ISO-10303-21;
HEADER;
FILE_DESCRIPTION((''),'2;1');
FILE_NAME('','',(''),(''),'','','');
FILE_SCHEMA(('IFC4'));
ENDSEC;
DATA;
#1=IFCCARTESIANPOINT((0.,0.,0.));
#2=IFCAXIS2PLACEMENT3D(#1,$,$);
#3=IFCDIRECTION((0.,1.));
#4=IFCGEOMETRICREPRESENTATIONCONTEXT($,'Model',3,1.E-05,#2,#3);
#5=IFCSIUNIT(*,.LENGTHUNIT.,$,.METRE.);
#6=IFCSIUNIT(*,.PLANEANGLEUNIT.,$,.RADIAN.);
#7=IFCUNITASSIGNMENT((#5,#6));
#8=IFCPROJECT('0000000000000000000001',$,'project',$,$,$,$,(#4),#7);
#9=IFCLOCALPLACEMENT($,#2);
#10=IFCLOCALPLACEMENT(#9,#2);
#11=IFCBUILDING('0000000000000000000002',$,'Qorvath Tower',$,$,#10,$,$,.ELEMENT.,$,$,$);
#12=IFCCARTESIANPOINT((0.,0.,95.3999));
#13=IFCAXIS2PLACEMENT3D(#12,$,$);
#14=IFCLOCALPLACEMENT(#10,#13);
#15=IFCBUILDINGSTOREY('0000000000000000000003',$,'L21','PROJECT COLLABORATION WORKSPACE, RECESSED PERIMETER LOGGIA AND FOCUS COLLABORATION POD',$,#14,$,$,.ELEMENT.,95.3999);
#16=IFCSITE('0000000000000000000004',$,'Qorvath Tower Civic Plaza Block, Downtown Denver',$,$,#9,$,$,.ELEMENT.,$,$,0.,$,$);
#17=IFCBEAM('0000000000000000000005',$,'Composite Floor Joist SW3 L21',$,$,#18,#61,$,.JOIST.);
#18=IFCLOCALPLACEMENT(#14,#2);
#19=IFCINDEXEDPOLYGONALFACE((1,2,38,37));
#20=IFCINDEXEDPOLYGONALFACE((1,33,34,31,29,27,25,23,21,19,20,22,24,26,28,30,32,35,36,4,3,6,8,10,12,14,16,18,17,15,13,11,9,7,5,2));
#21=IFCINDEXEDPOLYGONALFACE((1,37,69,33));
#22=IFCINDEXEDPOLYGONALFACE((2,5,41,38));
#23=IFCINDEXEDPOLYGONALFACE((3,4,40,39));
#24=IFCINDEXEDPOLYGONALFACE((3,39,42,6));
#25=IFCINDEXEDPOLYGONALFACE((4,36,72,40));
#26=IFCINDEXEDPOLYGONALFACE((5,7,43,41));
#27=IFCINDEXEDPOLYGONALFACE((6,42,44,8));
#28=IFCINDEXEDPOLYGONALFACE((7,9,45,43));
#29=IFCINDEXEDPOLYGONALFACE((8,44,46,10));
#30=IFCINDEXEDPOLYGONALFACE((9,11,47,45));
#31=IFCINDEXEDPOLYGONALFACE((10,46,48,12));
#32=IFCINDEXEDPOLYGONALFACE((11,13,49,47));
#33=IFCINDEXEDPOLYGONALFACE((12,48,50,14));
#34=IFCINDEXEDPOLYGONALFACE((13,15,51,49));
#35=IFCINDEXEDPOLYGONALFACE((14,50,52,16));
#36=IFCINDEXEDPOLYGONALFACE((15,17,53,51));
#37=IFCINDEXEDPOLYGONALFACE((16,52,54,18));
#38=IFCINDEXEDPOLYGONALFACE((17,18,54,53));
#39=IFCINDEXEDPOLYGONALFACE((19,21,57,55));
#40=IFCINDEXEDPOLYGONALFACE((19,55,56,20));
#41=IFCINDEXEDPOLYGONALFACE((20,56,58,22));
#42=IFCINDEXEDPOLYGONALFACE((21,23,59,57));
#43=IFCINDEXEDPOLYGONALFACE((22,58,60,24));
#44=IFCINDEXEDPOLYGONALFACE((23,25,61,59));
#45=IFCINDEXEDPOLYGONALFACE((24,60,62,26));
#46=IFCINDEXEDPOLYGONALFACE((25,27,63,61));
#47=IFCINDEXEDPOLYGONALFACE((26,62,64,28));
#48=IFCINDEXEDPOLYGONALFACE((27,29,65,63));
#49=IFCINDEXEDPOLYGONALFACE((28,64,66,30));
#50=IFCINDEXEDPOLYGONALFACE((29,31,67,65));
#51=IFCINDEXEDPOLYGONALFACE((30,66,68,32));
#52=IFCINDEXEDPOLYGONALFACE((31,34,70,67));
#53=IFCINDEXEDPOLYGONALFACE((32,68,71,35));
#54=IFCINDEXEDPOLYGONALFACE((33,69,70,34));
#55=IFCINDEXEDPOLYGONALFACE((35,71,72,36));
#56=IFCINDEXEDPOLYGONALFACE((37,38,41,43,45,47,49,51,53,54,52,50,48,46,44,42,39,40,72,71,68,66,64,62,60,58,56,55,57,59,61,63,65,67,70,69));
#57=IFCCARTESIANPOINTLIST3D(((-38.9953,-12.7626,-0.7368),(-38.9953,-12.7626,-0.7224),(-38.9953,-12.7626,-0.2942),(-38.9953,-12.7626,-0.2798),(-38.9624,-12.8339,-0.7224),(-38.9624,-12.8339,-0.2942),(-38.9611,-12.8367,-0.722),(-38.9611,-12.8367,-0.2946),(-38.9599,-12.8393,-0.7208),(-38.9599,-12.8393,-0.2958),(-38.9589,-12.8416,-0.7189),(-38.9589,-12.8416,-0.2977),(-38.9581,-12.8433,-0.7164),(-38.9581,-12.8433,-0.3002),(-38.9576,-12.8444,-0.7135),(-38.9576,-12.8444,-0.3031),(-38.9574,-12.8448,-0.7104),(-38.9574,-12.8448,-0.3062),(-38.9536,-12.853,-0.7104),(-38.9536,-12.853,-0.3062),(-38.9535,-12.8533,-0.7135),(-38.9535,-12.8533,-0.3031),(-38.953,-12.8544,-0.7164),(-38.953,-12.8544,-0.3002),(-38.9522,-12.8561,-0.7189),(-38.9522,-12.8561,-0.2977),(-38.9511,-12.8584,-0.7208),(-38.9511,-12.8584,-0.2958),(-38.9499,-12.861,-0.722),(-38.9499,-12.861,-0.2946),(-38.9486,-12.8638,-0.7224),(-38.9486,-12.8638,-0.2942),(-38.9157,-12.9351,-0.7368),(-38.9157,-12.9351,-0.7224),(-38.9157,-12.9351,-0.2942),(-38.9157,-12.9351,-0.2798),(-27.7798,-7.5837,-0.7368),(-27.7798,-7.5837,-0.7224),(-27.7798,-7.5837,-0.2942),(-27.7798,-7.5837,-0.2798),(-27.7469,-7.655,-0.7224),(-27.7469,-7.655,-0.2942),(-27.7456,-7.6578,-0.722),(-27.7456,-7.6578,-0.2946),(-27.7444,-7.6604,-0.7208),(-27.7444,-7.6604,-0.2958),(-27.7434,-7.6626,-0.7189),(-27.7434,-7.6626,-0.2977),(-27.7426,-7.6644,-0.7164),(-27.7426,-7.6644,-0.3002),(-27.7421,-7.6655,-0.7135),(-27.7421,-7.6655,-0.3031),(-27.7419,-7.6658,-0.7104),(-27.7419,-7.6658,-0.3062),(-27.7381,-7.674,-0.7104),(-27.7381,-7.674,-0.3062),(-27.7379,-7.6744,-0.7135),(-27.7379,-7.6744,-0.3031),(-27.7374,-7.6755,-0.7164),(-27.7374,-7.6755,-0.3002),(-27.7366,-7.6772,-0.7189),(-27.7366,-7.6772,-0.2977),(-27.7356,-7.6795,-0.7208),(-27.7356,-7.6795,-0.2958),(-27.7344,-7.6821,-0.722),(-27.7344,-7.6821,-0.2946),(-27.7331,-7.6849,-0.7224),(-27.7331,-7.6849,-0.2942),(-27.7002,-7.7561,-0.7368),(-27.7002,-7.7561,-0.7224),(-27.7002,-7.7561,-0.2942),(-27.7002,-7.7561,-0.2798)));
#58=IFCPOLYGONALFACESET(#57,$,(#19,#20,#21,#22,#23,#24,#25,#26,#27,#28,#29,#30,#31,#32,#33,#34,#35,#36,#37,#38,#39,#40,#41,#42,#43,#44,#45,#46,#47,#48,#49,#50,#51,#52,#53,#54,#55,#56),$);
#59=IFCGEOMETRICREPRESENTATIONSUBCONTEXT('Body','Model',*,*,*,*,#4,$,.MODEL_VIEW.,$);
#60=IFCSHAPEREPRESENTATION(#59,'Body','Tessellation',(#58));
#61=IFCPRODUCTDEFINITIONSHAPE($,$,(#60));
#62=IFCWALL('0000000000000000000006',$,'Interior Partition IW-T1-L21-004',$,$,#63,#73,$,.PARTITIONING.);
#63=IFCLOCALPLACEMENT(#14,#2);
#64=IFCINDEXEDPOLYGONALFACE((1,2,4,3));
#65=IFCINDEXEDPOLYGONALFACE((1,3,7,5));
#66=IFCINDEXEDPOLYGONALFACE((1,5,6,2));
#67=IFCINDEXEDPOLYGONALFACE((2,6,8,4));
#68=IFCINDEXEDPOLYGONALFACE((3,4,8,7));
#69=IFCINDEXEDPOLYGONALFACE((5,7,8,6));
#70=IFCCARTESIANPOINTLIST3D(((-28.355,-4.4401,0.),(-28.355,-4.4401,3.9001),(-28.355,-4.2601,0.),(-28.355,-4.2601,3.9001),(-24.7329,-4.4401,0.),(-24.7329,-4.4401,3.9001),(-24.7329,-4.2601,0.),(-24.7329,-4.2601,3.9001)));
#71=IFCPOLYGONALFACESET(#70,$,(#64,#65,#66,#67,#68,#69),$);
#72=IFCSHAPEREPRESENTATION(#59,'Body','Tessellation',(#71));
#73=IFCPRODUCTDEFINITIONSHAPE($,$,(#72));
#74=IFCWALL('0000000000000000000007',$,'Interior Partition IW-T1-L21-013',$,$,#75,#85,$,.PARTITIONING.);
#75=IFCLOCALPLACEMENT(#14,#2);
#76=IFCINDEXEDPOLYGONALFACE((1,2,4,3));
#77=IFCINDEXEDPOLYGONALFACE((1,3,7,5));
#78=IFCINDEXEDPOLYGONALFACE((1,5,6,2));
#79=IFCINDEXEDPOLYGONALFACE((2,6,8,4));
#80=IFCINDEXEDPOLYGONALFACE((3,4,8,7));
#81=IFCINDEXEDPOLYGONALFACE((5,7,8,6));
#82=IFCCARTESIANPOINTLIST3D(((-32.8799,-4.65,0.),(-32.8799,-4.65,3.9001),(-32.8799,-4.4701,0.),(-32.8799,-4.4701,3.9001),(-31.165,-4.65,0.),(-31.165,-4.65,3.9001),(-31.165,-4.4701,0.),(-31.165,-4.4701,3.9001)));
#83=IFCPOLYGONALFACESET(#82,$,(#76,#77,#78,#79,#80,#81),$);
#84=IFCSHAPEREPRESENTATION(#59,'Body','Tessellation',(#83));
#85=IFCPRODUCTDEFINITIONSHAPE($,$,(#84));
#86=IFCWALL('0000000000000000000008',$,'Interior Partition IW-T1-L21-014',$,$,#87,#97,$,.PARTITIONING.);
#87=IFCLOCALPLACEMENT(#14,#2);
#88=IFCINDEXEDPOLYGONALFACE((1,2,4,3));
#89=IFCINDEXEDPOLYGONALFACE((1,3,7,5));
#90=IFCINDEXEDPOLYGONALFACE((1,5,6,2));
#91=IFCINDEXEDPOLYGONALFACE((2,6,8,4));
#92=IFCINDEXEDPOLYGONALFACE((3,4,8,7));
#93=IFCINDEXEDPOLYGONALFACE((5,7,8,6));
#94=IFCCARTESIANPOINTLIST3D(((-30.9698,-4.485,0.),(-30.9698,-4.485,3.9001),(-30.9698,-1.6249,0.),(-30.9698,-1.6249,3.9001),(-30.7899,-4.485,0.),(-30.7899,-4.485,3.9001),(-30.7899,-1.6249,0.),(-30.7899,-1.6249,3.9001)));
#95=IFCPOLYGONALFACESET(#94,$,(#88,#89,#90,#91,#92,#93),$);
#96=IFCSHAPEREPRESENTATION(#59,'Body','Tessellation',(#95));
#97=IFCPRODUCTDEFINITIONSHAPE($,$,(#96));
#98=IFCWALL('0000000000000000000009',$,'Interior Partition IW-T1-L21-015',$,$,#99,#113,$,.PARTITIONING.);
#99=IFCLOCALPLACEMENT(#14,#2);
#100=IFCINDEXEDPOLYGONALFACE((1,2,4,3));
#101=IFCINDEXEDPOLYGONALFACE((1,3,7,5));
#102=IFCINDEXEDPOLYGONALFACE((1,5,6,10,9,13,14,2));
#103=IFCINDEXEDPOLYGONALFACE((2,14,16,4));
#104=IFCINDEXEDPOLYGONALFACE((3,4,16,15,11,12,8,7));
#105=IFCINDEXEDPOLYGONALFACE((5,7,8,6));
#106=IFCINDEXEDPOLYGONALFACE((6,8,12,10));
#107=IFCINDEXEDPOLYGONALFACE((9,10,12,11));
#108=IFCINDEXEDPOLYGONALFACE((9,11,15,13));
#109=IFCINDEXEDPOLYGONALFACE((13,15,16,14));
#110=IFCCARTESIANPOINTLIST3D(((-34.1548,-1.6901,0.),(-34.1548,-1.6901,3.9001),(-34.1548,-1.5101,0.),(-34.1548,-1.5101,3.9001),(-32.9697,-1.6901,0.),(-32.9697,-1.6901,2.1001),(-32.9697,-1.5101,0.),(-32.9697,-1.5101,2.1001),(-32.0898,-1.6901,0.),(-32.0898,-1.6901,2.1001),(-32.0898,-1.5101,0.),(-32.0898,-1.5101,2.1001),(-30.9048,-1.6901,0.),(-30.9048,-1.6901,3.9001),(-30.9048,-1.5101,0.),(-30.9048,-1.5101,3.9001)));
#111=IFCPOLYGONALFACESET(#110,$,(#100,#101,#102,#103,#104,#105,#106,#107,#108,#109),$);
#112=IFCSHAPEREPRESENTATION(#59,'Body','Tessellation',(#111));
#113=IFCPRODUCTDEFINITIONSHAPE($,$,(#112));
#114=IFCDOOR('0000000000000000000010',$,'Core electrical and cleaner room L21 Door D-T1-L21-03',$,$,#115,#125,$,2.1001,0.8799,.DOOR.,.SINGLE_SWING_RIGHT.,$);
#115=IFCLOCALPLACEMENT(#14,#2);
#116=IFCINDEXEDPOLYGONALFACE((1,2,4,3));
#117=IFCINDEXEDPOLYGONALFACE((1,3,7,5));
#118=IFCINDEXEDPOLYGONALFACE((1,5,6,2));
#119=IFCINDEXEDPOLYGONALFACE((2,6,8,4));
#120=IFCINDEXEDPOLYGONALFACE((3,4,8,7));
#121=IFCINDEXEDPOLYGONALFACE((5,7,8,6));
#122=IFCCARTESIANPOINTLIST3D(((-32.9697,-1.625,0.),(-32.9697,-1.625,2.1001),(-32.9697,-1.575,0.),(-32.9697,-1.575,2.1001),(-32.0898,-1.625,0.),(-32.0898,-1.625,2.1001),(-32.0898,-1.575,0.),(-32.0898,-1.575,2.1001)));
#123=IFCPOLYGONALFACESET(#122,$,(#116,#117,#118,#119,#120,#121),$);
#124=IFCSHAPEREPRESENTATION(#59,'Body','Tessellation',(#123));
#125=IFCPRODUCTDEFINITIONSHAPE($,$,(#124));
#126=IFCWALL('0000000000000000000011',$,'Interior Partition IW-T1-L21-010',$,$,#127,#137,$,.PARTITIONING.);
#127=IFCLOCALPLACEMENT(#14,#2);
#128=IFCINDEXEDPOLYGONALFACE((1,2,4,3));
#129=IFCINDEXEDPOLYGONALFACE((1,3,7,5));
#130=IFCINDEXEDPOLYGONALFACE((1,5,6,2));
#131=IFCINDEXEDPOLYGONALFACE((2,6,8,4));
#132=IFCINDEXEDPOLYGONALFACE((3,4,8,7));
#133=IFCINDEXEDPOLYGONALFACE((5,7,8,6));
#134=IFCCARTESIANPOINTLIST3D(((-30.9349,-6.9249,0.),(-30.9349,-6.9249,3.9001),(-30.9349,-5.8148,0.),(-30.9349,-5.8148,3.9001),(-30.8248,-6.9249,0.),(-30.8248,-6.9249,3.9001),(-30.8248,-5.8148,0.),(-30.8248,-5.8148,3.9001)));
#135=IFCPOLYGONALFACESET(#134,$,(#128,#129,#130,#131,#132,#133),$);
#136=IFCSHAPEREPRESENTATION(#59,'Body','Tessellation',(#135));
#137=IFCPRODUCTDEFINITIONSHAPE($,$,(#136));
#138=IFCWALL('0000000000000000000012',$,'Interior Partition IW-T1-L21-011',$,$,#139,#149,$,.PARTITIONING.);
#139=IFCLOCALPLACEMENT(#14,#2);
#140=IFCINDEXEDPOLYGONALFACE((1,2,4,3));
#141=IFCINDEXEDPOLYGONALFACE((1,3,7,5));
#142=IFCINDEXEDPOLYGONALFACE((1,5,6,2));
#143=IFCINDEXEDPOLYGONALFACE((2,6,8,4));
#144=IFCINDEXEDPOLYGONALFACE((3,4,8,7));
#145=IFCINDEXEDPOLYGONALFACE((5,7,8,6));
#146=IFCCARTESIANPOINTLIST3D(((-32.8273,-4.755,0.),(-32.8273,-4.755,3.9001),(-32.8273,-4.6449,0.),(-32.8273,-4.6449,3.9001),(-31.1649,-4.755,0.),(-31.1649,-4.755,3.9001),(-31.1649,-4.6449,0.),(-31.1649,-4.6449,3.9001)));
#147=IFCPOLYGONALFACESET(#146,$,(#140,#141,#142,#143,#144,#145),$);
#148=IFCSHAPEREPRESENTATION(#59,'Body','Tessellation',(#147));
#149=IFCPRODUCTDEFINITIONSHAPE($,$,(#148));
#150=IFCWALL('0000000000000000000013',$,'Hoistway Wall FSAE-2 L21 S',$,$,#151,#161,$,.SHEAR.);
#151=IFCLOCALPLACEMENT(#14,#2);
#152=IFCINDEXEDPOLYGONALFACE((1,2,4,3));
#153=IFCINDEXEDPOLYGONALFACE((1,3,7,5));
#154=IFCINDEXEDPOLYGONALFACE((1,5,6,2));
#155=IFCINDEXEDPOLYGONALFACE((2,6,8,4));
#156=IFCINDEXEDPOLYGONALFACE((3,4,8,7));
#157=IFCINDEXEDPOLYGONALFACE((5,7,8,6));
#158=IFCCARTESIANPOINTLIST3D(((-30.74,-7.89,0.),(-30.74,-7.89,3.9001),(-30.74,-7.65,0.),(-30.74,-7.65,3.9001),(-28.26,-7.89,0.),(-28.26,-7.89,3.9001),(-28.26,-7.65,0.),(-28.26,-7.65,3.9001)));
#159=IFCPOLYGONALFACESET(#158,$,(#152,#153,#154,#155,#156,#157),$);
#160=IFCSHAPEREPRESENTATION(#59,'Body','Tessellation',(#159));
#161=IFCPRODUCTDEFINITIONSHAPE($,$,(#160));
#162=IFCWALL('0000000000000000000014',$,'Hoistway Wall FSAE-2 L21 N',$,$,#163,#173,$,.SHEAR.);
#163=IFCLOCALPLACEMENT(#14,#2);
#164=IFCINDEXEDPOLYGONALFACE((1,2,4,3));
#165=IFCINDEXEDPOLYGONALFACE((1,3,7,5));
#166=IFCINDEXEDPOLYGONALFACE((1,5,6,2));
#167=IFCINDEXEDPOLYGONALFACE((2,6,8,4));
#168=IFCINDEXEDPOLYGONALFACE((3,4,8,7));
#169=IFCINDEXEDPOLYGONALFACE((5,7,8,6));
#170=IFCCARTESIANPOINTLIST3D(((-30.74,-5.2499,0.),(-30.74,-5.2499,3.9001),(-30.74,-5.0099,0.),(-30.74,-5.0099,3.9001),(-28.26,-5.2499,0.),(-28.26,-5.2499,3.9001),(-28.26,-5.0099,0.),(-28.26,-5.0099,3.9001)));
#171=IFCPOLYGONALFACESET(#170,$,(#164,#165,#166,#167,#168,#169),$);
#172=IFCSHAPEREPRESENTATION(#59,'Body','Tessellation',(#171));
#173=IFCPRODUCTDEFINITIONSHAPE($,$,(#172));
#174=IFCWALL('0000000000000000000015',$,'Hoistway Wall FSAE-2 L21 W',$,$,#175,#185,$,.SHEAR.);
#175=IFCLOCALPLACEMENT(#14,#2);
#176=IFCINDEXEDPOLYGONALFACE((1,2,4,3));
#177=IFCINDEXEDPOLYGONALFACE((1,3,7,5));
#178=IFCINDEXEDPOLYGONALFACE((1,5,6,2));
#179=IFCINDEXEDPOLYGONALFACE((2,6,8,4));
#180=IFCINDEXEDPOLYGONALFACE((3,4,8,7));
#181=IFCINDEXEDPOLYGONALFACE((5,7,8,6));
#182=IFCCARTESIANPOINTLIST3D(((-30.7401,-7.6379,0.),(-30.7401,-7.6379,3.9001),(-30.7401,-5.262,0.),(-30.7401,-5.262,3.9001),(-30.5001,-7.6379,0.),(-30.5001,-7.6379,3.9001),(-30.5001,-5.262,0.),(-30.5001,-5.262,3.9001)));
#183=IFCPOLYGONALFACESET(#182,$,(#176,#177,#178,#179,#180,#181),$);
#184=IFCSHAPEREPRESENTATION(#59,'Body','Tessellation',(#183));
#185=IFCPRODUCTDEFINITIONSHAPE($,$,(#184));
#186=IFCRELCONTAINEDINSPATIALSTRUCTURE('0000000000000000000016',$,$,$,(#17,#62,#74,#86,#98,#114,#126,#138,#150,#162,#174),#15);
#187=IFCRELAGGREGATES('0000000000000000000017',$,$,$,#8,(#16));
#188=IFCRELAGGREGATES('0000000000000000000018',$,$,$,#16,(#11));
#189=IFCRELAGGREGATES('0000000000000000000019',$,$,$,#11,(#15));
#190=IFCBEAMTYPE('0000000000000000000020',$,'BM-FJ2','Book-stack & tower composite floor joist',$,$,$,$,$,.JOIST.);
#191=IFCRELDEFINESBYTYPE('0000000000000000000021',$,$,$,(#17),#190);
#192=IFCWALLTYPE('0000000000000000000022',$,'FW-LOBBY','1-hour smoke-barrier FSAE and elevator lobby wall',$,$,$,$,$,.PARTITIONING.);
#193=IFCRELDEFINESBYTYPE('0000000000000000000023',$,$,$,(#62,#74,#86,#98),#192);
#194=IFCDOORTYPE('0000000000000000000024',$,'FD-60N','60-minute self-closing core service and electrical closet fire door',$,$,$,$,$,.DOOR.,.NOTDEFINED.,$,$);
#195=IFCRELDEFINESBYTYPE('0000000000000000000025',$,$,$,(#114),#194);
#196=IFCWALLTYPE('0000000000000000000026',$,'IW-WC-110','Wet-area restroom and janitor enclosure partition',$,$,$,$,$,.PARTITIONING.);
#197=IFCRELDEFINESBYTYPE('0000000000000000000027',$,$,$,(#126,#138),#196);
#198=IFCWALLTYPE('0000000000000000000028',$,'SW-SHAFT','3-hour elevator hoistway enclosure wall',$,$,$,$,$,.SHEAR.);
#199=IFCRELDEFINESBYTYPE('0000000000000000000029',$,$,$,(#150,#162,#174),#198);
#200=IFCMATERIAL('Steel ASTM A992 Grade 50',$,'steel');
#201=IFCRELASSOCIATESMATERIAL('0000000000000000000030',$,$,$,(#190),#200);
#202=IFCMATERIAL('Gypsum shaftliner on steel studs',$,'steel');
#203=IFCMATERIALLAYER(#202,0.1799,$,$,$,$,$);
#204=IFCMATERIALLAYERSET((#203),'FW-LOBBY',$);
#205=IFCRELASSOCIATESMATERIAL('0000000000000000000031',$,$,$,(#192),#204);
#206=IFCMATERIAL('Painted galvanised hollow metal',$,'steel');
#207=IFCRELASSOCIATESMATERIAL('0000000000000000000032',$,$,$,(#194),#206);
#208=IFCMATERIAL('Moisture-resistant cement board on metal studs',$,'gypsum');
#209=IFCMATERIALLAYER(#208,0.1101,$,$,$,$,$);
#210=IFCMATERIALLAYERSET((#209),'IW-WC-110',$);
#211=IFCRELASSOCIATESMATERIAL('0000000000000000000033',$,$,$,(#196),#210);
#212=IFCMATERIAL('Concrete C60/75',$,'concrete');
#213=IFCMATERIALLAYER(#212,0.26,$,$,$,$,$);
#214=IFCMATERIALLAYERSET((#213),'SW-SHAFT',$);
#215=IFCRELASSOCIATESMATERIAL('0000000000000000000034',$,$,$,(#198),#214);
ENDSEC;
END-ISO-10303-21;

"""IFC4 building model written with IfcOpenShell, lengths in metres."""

from ifc_helpers import new_model, si_unit, direction, frame, frame_2d, origin, origin_2d, place, context, subcontext, project, spatial, rectangle, i_section, extrude, material, layer, layer_set, material_profile, profile_set, type_object, element, fill, save


model = new_model("IFC4")

# Units and contexts
model_context = context("Model", 3, precision=1e-05, world=origin(), true_north=direction((0.0, 1.0)))
body_context = subcontext(model_context, "Body", "Model", "MODEL_VIEW")
ifc_project = project(units=[si_unit("LENGTHUNIT", "METRE"), si_unit("PLANEANGLEUNIT", "RADIAN")], contexts=[model_context])

# Site, building, storey
site_placement = place(None, origin())
site = spatial("IfcSite", under=ifc_project, at=site_placement, Name="Qorvath Tower Civic Plaza Block, Downtown Denver", CompositionType="ELEMENT", RefElevation=0.0)
building_placement = place(site_placement, origin())
building = spatial("IfcBuilding", under=site, at=building_placement, Name="Qorvath Tower", CompositionType="ELEMENT")
storey_placement = place(building_placement, frame((0.0, 0.0, 95.3999)))
storey = spatial("IfcBuildingStorey", under=building, at=storey_placement, Name="L21", Description="PROJECT COLLABORATION WORKSPACE, RECESSED PERIMETER LOGGIA AND FOCUS COLLABORATION POD", CompositionType="ELEMENT", Elevation=95.3999)

# Beam
ifc_material_1 = material(Name="Steel ASTM A992 Grade 50", Category="steel")
ifc_material_profile_1 = material_profile(ifc_material_1, i_section(OverallWidth=0.1899, OverallDepth=0.457, WebThickness=0.009, FlangeThickness=0.0144, FilletRadius=0.012, at=origin_2d()), Name="W18x50")
ifc_profile_set_1 = profile_set([ifc_material_profile_1], Name="Steel ASTM A992 Grade 50")
beam_type_1 = type_object("IfcBeamType", Name="BM-FJ2", Description="Book-stack & tower composite floor joist", PredefinedType="JOIST", material=ifc_profile_set_1)
beam_1_placement = place(storey_placement, frame((-27.74, -7.6699, -0.5083), z_axis=(-0.907881, -0.419227, 0.0), x_axis=(0.419227, -0.907881, 0.0)))
element("IfcBeam", 1, at=beam_1_placement, inside=storey, type_object=beam_type_1, Name="Composite Floor Joist SW3 L21", PredefinedType="JOIST", context=body_context, shape_type="SweptSolid", body=[
    extrude(i_section(OverallWidth=0.1899, OverallDepth=0.457, WebThickness=0.009, FlangeThickness=0.0144, FilletRadius=0.012, at=origin_2d()), origin(), (0.0, 0.0, 1.0), 12.3535),
])

# Walls
ifc_material_2 = material(Name="Gypsum shaftliner on steel studs", Category="steel")
ifc_layer_1 = layer(ifc_material_2, 0.1799)
ifc_layer_set_1 = layer_set([ifc_layer_1], Name="FW-LOBBY")
wall_type_1 = type_object("IfcWallType", Name="FW-LOBBY", Description="1-hour smoke-barrier FSAE and elevator lobby wall", PredefinedType="PARTITIONING", material=ifc_layer_set_1)
wall_1_placement = place(storey_placement, frame((-24.7329, -4.3501, 0.0), z_axis=(0.0, 0.0, 1.0), x_axis=(-1.0, 0.0, 0.0)))
element("IfcWall", 2, at=wall_1_placement, inside=storey, type_object=wall_type_1, Name="Interior Partition IW-T1-L21-004", PredefinedType="PARTITIONING", context=body_context, shape_type="SweptSolid", body=[
    extrude(rectangle(XDim=3.6221, YDim=0.1799, at=frame_2d((1.811, 0.0))), origin(), (0.0, 0.0, 1.0), 3.9001),
])
wall_2_placement = place(storey_placement, frame((-32.8799, -4.5601, 0.0), z_axis=(0.0, 0.0, 1.0), x_axis=(1.0, 0.0, 0.0)))
element("IfcWall", 3, at=wall_2_placement, inside=storey, type_object=wall_type_1, Name="Interior Partition IW-T1-L21-013", PredefinedType="PARTITIONING", context=body_context, shape_type="SweptSolid", body=[
    extrude(rectangle(XDim=1.7148, YDim=0.1799, at=frame_2d((0.8574, 0.0))), origin(), (0.0, 0.0, 1.0), 3.9001),
])
wall_3_placement = place(storey_placement, frame((-30.8799, -4.4851, 0.0), z_axis=(0.0, 0.0, 1.0), x_axis=(0.0, 1.0, 0.0)))
element("IfcWall", 4, at=wall_3_placement, inside=storey, type_object=wall_type_1, Name="Interior Partition IW-T1-L21-014", PredefinedType="PARTITIONING", context=body_context, shape_type="SweptSolid", body=[
    extrude(rectangle(XDim=2.8601, YDim=0.1799, at=frame_2d((1.4302, 0.0))), origin(), (0.0, 0.0, 1.0), 3.9001),
])

# Wall, opening, door
wall_4_placement = place(storey_placement, frame((-30.9048, -1.6001, 0.0), z_axis=(0.0, 0.0, 1.0), x_axis=(-1.0, 0.0, 0.0)))
wall_4 = element("IfcWall", 5, at=wall_4_placement, inside=storey, type_object=wall_type_1, Name="Interior Partition IW-T1-L21-015", PredefinedType="PARTITIONING", context=body_context, shape_type="SweptSolid", body=[
    extrude(rectangle(XDim=3.25, YDim=0.1799, at=frame_2d((1.625, 0.0))), origin(), (0.0, 0.0, 1.0), 3.9001),
])
opening_1_placement = place(wall_4_placement, frame((1.1851, 0.0, 0.0)))
opening_1 = element("IfcOpeningElement", 6, at=opening_1_placement, cuts=wall_4, PredefinedType="OPENING", context=body_context, shape_type="SweptSolid", body=[
    extrude(rectangle(XDim=0.8799, YDim=2.1001, at=frame_2d((0.4399, 1.05))), frame((0.0, 0.1001, 0.0), z_axis=(0.0, -1.0, 0.0), x_axis=(1.0, 0.0, 0.0)), (0.0, 0.0, 1.0), 0.2),
])
ifc_material_3 = material(Name="Painted galvanised hollow metal", Category="steel")
door_type_1 = type_object("IfcDoorType", Name="FD-60N", Description="60-minute self-closing core service and electrical closet fire door", OperationType="NOTDEFINED", PredefinedType="DOOR", material=ifc_material_3)
door_1_placement = place(opening_1_placement, origin())
door_1 = element("IfcDoor", 7, at=door_1_placement, inside=storey, type_object=door_type_1, Name="Core electrical and cleaner room L21 Door D-T1-L21-03", OperationType="SINGLE_SWING_RIGHT", OverallHeight=2.1001, OverallWidth=0.8799, PredefinedType="DOOR", context=body_context, shape_type="SweptSolid", body=[
    extrude(rectangle(XDim=0.8799, YDim=2.1001, at=frame_2d((0.4399, 1.05))), frame((0.0, 0.0249, 0.0), z_axis=(0.0, -1.0, 0.0), x_axis=(1.0, 0.0, 0.0)), (0.0, 0.0, 1.0), 0.05),
])
fill(opening_1, door_1)

# Walls
ifc_material_4 = material(Name="Moisture-resistant cement board on metal studs", Category="gypsum")
ifc_layer_2 = layer(ifc_material_4, 0.1101)
ifc_layer_set_2 = layer_set([ifc_layer_2], Name="IW-WC-110")
wall_type_2 = type_object("IfcWallType", Name="IW-WC-110", Description="Wet-area restroom and janitor enclosure partition", PredefinedType="PARTITIONING", material=ifc_layer_set_2)
wall_5_placement = place(storey_placement, frame((-30.8799, -6.925, 0.0), z_axis=(0.0, 0.0, 1.0), x_axis=(0.0, 1.0, 0.0)))
element("IfcWall", 8, at=wall_5_placement, inside=storey, type_object=wall_type_2, Name="Interior Partition IW-T1-L21-010", PredefinedType="PARTITIONING", context=body_context, shape_type="SweptSolid", body=[
    extrude(rectangle(XDim=1.1101, YDim=0.1101, at=frame_2d((0.5552, 0.0))), origin(), (0.0, 0.0, 1.0), 3.9001),
])
wall_6_placement = place(storey_placement, frame((-31.165, -4.7, 0.0), z_axis=(0.0, 0.0, 1.0), x_axis=(-1.0, 0.0, 0.0)))
element("IfcWall", 9, at=wall_6_placement, inside=storey, type_object=wall_type_2, Name="Interior Partition IW-T1-L21-011", PredefinedType="PARTITIONING", context=body_context, shape_type="SweptSolid", body=[
    extrude(rectangle(XDim=1.6624, YDim=0.1101, at=frame_2d((0.8311, 0.0))), origin(), (0.0, 0.0, 1.0), 3.9001),
])
ifc_material_5 = material(Name="Concrete C60/75", Category="concrete")
ifc_layer_3 = layer(ifc_material_5, 0.26)
ifc_layer_set_3 = layer_set([ifc_layer_3], Name="SW-SHAFT")
wall_type_3 = type_object("IfcWallType", Name="SW-SHAFT", Description="3-hour elevator hoistway enclosure wall", PredefinedType="SHEAR", material=ifc_layer_set_3)
for number, where, z_axis, x_axis, name in (
    (10, (-28.26, -7.77, 0.0), (0.0, 0.0, 1.0), (-1.0, 0.0, 0.0), "Hoistway Wall FSAE-2 L21 S"),
    (11, (-30.74, -5.1299, 0.0), (0.0, 0.0, 1.0), (1.0, 0.0, 0.0), "Hoistway Wall FSAE-2 L21 N"),
):
    element("IfcWall", number, at=place(storey_placement, frame(where, z_axis=z_axis, x_axis=x_axis)), inside=storey, type_object=wall_type_3, Name=name, PredefinedType="SHEAR", context=body_context, shape_type="SweptSolid", body=[
        extrude(rectangle(XDim=2.48, YDim=0.24, at=frame_2d((1.24, 0.0))), origin(), (0.0, 0.0, 1.0), 3.9001),
    ])
wall_7_placement = place(storey_placement, frame((-30.6201, -7.6379, 0.0), z_axis=(0.0, 0.0, 1.0), x_axis=(0.0, 1.0, 0.0)))
element("IfcWall", 12, at=wall_7_placement, inside=storey, type_object=wall_type_3, Name="Hoistway Wall FSAE-2 L21 W", PredefinedType="SHEAR", context=body_context, shape_type="SweptSolid", body=[
    extrude(rectangle(XDim=2.376, YDim=0.24, at=frame_2d((1.188, 0.0))), origin(), (0.0, 0.0, 1.0), 3.9001),
])

save(model, "model.ifc")
